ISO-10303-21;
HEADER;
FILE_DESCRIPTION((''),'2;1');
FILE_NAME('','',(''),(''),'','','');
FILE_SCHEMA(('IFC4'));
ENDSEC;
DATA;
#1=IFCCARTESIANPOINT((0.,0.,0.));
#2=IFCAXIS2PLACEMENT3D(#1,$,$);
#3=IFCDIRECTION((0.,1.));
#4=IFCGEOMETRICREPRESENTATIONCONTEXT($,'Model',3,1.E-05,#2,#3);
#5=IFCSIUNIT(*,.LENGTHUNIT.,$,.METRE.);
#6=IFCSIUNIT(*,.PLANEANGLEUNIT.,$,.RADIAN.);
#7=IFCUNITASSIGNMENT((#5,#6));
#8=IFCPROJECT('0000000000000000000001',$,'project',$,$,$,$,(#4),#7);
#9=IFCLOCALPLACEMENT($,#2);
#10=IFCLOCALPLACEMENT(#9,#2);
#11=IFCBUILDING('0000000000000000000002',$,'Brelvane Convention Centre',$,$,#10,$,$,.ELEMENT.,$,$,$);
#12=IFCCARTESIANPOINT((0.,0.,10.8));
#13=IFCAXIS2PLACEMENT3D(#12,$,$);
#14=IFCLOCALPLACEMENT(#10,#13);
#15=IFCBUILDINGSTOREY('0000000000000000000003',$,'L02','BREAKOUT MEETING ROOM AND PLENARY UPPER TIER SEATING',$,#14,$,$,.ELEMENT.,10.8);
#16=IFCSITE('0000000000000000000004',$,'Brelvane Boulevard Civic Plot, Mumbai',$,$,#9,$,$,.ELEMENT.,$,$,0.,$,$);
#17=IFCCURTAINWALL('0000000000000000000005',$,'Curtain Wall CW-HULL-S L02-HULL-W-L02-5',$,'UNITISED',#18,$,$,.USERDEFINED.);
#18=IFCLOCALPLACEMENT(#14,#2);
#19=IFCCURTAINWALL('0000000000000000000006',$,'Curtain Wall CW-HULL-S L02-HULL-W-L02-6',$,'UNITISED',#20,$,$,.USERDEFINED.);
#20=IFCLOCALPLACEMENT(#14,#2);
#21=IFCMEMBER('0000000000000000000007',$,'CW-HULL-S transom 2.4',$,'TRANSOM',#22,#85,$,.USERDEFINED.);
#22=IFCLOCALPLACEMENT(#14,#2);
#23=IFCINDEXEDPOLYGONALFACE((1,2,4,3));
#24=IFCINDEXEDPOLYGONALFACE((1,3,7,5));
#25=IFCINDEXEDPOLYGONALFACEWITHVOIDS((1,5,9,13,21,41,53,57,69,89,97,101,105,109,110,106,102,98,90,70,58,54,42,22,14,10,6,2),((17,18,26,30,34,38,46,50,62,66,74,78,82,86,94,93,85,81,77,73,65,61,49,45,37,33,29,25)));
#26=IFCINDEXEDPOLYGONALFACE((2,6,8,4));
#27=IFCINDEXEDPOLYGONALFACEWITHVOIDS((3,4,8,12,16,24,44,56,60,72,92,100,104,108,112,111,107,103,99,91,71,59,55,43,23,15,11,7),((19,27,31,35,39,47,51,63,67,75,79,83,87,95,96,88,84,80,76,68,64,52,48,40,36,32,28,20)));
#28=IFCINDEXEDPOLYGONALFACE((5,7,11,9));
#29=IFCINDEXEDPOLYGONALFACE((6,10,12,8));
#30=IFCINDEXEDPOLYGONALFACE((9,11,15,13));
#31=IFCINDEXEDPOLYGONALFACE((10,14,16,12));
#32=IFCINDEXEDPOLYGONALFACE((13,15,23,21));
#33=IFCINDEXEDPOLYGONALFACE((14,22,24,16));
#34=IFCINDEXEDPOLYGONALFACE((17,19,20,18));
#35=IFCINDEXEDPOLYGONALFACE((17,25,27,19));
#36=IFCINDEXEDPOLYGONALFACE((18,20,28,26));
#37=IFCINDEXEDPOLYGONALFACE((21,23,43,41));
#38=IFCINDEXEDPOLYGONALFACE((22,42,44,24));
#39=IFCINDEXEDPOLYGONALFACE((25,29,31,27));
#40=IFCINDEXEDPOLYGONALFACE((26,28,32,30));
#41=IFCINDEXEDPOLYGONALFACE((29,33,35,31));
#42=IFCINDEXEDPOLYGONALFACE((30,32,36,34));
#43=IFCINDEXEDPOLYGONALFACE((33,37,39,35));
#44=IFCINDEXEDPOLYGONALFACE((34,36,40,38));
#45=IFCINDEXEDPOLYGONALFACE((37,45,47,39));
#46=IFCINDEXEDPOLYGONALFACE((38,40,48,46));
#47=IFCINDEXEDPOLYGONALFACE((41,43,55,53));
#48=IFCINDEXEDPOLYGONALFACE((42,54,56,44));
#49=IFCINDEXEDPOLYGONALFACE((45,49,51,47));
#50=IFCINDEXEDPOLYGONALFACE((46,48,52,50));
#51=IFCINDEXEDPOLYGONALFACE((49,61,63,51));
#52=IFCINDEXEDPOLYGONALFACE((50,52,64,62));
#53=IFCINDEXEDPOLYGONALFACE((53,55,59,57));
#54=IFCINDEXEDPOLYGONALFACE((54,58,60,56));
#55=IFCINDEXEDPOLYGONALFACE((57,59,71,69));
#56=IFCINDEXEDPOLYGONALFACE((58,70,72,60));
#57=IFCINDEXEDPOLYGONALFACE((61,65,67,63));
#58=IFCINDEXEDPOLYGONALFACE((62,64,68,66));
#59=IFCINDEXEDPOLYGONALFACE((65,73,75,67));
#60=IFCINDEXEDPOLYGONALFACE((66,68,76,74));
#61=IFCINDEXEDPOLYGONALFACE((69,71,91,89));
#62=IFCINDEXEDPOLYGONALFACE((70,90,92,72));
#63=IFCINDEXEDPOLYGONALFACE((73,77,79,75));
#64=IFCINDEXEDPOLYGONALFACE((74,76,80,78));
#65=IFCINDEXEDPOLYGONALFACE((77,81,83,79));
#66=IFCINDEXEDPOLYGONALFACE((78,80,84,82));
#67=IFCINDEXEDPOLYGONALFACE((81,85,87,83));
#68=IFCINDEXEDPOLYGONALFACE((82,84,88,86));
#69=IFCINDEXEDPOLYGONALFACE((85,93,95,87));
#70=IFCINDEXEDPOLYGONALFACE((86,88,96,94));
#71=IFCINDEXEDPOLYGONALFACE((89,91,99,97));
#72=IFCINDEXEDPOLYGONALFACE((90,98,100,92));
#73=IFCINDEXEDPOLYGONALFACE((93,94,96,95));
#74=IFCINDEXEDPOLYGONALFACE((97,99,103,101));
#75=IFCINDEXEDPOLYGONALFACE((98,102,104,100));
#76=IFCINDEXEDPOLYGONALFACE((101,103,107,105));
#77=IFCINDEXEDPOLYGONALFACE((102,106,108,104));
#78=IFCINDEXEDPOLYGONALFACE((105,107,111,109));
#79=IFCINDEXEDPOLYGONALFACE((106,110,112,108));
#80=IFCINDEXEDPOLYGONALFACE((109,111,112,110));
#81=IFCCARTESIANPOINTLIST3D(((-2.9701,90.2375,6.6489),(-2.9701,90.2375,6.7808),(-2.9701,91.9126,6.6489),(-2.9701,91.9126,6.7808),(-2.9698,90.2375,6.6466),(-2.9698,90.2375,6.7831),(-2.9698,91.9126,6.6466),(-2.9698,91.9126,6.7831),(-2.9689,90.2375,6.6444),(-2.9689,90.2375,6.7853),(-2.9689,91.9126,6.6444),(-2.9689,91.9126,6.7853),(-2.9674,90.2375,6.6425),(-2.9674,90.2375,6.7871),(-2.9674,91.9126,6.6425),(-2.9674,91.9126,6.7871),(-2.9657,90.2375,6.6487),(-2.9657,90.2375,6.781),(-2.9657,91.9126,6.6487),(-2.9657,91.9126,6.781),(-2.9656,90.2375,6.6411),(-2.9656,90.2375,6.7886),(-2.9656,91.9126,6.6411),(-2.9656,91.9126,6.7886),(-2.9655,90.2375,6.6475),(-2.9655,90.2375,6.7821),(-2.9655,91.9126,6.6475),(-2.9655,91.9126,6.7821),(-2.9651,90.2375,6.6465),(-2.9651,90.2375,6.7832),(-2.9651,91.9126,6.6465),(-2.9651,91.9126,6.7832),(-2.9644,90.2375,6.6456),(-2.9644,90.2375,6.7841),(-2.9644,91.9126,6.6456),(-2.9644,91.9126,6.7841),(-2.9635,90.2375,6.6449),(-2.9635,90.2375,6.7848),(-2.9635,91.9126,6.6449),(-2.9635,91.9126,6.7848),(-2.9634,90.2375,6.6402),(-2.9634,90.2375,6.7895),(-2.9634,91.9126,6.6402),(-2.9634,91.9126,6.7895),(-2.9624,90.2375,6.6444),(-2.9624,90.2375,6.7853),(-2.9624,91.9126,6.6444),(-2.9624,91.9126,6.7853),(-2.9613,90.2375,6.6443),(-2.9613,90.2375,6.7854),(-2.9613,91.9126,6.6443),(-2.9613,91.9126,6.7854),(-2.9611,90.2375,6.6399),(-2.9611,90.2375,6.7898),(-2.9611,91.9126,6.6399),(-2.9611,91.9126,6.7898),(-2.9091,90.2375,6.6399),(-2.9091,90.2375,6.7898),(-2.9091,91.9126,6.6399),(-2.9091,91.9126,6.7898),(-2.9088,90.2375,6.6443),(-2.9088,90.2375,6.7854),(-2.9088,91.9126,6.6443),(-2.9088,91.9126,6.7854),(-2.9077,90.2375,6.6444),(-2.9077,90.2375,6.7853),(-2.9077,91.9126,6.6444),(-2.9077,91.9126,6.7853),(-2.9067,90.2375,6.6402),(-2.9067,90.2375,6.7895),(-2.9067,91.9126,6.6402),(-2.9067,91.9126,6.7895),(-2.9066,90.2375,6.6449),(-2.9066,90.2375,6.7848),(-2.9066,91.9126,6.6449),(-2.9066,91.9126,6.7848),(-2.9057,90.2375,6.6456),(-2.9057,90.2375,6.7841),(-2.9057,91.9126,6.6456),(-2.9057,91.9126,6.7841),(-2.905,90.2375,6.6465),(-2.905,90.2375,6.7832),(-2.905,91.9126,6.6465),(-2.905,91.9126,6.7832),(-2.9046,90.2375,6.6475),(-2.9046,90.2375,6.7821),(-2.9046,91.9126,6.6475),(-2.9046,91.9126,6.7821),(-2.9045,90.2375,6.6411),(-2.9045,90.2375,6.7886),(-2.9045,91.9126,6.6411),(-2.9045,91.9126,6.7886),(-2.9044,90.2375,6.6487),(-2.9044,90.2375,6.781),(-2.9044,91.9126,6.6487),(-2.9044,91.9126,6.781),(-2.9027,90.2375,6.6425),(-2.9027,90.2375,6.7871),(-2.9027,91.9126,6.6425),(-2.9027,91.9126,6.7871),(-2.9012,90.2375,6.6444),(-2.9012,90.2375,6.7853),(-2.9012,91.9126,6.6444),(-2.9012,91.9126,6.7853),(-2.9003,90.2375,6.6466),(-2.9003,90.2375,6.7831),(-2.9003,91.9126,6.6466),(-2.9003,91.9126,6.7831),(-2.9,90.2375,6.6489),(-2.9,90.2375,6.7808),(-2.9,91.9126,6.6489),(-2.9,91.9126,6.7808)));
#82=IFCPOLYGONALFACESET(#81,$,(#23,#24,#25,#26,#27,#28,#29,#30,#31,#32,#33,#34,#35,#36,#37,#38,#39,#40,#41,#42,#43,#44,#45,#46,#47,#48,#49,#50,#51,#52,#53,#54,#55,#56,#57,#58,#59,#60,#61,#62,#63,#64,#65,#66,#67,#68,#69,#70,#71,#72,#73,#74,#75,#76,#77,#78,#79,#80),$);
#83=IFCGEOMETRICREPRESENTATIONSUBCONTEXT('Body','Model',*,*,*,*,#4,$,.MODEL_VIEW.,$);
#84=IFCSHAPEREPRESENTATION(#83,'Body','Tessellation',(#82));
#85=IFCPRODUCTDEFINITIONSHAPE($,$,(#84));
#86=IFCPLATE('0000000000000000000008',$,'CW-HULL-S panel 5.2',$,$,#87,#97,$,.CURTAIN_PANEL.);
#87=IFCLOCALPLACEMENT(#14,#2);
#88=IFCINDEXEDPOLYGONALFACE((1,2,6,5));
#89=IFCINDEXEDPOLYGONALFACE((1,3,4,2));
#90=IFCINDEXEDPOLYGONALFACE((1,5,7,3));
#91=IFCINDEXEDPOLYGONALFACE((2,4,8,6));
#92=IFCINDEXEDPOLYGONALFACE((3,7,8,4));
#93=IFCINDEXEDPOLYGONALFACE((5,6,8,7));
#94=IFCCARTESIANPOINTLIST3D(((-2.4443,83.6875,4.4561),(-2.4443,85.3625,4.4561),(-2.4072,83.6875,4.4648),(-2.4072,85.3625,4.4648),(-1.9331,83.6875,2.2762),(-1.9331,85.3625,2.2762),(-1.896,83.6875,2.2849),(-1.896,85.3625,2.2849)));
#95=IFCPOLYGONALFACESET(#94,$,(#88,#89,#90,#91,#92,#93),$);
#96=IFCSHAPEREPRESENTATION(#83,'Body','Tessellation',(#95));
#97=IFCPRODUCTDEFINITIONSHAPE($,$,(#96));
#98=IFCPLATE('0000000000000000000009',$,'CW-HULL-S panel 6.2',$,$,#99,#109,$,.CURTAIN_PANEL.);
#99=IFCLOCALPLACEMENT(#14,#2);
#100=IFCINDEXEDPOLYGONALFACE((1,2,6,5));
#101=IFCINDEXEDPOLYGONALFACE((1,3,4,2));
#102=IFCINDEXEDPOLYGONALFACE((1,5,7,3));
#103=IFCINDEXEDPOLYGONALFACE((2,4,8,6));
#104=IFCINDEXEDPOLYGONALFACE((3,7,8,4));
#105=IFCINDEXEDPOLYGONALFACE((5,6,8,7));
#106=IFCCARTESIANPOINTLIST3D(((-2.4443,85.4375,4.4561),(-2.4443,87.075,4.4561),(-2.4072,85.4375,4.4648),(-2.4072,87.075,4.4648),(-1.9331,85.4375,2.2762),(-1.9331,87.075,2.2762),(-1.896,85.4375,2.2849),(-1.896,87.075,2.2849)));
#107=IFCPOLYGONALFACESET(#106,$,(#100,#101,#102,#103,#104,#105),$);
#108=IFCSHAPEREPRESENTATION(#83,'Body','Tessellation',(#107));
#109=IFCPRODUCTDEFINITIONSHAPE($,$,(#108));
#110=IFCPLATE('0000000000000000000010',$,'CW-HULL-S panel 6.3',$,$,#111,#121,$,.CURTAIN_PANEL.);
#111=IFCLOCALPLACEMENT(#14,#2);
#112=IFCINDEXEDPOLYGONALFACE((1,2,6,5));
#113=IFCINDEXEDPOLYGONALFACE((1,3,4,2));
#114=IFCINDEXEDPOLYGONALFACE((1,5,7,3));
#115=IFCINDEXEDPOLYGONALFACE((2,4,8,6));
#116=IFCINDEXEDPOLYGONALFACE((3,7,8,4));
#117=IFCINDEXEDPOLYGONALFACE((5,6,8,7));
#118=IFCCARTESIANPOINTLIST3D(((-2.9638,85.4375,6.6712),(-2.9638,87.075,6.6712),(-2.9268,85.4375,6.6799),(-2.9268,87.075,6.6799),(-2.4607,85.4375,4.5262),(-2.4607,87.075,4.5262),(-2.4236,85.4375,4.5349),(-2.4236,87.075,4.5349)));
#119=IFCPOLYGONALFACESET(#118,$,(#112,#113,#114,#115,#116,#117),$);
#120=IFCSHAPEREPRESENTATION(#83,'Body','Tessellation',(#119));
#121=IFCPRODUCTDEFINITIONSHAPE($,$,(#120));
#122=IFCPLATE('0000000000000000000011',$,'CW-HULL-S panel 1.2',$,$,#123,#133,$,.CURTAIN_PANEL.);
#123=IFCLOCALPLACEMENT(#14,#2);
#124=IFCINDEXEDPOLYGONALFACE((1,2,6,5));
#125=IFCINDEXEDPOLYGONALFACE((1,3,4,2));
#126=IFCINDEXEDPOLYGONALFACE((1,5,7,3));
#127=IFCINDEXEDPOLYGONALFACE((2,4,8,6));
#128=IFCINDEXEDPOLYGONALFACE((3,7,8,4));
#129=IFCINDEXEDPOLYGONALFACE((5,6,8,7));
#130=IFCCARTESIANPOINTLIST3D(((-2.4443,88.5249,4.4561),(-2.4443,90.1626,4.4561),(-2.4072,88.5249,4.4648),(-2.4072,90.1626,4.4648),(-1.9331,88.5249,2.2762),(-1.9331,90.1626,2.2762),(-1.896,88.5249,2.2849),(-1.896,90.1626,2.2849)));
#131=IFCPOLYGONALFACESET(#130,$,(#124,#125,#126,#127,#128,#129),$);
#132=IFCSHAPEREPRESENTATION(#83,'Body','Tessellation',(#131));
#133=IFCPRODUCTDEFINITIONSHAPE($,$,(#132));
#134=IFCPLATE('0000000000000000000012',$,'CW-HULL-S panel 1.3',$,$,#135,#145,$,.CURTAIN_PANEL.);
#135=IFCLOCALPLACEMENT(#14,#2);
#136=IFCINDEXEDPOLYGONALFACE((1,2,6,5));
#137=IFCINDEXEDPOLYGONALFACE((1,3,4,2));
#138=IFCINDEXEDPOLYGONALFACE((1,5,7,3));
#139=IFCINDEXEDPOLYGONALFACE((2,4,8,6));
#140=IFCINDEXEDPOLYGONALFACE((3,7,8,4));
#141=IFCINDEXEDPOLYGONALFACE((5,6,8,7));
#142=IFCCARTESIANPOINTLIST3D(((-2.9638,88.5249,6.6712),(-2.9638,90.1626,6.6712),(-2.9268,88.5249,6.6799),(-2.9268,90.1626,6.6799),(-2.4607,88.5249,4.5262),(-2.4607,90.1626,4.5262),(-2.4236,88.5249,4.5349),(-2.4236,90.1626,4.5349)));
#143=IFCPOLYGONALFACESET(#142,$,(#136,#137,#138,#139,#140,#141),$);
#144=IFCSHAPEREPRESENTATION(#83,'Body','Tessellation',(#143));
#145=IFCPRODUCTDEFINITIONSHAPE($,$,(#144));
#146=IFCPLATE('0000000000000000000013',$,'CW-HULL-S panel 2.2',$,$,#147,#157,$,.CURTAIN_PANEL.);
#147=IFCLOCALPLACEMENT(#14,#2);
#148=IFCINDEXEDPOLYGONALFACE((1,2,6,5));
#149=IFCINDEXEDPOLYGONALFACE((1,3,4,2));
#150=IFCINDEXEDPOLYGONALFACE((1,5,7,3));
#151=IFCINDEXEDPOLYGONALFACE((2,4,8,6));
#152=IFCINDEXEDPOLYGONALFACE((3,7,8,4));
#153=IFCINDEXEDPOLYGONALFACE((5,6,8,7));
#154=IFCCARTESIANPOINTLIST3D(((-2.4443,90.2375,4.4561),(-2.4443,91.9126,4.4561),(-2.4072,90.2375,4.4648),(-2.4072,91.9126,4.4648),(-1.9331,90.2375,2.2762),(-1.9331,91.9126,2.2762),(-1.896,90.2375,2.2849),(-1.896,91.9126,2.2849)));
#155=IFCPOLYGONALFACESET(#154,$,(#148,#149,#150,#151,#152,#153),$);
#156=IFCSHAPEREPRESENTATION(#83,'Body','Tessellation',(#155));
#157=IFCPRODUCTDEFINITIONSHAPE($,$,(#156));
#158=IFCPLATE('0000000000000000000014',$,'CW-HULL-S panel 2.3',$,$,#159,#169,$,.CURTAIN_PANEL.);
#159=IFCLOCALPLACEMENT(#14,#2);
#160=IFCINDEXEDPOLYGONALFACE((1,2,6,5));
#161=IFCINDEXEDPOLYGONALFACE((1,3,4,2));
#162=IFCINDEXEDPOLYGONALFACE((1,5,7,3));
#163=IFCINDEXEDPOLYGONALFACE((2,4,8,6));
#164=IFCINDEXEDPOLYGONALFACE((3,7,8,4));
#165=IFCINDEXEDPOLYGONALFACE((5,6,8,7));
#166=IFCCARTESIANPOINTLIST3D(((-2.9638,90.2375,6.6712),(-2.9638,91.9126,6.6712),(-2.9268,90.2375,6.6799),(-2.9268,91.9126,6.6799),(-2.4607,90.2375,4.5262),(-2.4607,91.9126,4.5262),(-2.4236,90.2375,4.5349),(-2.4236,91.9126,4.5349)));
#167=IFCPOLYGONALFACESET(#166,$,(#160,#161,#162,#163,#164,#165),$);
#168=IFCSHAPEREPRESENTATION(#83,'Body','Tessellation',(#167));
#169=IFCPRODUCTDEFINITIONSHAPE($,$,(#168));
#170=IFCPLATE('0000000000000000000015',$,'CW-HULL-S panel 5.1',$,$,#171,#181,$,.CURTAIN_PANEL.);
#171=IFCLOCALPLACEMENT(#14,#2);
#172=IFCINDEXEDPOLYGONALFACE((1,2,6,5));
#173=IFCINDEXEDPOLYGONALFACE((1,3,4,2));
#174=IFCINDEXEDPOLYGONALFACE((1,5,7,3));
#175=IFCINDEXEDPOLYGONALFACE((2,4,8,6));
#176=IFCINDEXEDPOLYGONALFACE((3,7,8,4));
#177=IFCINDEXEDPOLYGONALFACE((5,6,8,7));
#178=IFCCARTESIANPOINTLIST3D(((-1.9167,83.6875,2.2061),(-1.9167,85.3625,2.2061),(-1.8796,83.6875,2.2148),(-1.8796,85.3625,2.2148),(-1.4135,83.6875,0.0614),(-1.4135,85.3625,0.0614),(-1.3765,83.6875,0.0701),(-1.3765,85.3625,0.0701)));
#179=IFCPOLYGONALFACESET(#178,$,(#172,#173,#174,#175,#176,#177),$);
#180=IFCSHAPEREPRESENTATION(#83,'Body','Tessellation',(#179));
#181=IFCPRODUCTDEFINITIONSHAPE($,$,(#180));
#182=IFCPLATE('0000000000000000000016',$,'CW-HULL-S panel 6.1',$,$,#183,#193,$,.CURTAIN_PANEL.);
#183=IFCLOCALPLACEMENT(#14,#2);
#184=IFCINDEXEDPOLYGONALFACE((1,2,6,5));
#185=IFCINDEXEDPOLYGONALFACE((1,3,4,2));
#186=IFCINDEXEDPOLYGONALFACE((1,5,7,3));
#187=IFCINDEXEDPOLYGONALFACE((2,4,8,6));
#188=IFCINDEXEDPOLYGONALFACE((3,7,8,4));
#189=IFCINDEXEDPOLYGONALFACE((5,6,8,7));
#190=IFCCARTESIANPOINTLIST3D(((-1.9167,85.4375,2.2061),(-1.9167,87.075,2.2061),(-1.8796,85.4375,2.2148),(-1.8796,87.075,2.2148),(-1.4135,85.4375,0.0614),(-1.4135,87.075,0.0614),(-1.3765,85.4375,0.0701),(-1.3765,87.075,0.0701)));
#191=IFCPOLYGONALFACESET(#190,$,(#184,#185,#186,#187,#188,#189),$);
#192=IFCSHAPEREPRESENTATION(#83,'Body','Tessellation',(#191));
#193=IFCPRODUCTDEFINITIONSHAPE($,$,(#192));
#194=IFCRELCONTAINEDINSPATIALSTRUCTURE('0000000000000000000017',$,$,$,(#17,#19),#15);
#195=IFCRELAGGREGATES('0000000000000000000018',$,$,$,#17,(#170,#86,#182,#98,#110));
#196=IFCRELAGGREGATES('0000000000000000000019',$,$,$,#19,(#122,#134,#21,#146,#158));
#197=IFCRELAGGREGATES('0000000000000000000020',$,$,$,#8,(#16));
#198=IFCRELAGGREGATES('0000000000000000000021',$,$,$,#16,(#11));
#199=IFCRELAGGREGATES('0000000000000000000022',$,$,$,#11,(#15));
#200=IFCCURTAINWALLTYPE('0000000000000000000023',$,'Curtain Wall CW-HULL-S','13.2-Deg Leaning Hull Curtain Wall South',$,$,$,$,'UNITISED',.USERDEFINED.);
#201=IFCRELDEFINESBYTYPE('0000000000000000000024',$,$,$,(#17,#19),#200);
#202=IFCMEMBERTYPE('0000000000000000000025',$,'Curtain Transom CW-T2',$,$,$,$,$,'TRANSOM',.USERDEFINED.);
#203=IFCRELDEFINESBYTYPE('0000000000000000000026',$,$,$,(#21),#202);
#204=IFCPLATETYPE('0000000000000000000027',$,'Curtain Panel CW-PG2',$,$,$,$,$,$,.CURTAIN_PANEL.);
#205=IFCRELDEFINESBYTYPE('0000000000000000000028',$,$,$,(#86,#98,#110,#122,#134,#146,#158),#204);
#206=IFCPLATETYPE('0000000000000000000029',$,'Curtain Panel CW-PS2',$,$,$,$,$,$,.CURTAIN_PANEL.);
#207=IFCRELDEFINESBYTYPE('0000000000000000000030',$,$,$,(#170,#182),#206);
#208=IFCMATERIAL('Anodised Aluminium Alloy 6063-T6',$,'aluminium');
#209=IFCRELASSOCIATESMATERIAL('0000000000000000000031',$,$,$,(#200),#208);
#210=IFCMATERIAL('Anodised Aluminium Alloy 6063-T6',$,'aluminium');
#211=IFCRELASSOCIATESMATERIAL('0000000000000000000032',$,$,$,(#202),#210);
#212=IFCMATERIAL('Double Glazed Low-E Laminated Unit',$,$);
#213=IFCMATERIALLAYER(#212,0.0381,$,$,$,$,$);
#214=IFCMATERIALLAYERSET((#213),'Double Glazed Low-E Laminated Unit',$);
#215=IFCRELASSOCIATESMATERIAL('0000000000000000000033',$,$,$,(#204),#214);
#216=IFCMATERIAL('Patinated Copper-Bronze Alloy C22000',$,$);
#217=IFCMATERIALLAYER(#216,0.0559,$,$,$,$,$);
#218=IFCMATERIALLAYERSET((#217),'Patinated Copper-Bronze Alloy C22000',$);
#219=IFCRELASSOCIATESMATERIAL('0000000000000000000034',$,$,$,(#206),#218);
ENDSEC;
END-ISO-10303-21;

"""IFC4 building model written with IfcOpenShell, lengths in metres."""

from ifc_helpers import new_model, si_unit, direction, frame, origin, origin_2d, place, context, subcontext, project, spatial, polyline, hollow_rectangle, outline, extrude, material, layer, layer_set, material_profile, profile_set, type_object, element, aggregate, save


model = new_model("IFC4")

# Units and contexts
model_context = context("Model", 3, precision=1e-05, world=origin(), true_north=direction((0.0, 1.0)))
body_context = subcontext(model_context, "Body", "Model", "MODEL_VIEW")
ifc_project = project(units=[si_unit("LENGTHUNIT", "METRE"), si_unit("PLANEANGLEUNIT", "RADIAN")], contexts=[model_context])

# Site, building, storey
site_placement = place(None, origin())
site = spatial("IfcSite", under=ifc_project, at=site_placement, Name="Brelvane Boulevard Civic Plot, Mumbai", CompositionType="ELEMENT", RefElevation=0.0)
building_placement = place(site_placement, origin())
building = spatial("IfcBuilding", under=site, at=building_placement, Name="Brelvane Convention Centre", CompositionType="ELEMENT")
storey_placement = place(building_placement, frame((0.0, 0.0, 10.8)))
storey = spatial("IfcBuildingStorey", under=building, at=storey_placement, Name="L02", Description="BREAKOUT MEETING ROOM AND PLENARY UPPER TIER SEATING", CompositionType="ELEMENT", Elevation=10.8)

# Curtain walls
ifc_material_1 = material(Name="Anodised Aluminium Alloy 6063-T6", Category="aluminium")
curtain_wall_type = type_object("IfcCurtainWallType", Name="Curtain Wall CW-HULL-S", Description="13.2-Deg Leaning Hull Curtain Wall South", ElementType="UNITISED", PredefinedType="USERDEFINED", material=ifc_material_1)
curtain_wall_1_placement = place(storey_placement, origin())
curtain_wall_1 = element("IfcCurtainWall", 1, at=curtain_wall_1_placement, inside=storey, type_object=curtain_wall_type, Name="Curtain Wall CW-HULL-S L02-HULL-W-L02-5", ObjectType="UNITISED", PredefinedType="USERDEFINED")
curtain_wall_2_placement = place(storey_placement, origin())
curtain_wall_2 = element("IfcCurtainWall", 2, at=curtain_wall_2_placement, inside=storey, type_object=curtain_wall_type, Name="Curtain Wall CW-HULL-S L02-HULL-W-L02-6", ObjectType="UNITISED", PredefinedType="USERDEFINED")

# Member
ifc_material_2 = material(Name="Anodised Aluminium Alloy 6063-T6", Category="aluminium")
ifc_material_profile_1 = material_profile(ifc_material_2, hollow_rectangle(XDim=0.0701, YDim=0.1499, WallThickness=0.0044, InnerFilletRadius=0.0044, OuterFilletRadius=0.009, at=origin_2d()), Name="ALU-T 150x70x4.5")
ifc_profile_set_1 = profile_set([ifc_material_profile_1], Name="Anodised Aluminium Alloy 6063-T6")
member_type_1 = type_object("IfcMemberType", Name="Curtain Transom CW-T2", ElementType="TRANSOM", PredefinedType="USERDEFINED", material=ifc_profile_set_1)
member_1_placement = place(storey_placement, frame((-2.9351, 90.2375, 6.7148), z_axis=(0.0, 1.0, 0.0), x_axis=(-1.0, 0.0, 0.0)))
member_1 = element("IfcMember", 3, at=member_1_placement, type_object=member_type_1, Name="CW-HULL-S transom 2.4", ObjectType="TRANSOM", PredefinedType="USERDEFINED", context=body_context, shape_type="SweptSolid", body=[
    extrude(hollow_rectangle(XDim=0.0701, YDim=0.1499, WallThickness=0.0044, InnerFilletRadius=0.0044, OuterFilletRadius=0.009, at=origin_2d()), origin(), (0.0, 0.0, 1.0), 1.675),
])

# Plates
ifc_material_3 = material(Name="Double Glazed Low-E Laminated Unit")
ifc_layer_1 = layer(ifc_material_3, 0.0381)
ifc_layer_set_1 = layer_set([ifc_layer_1], Name="Double Glazed Low-E Laminated Unit")
plate_type_1 = type_object("IfcPlateType", Name="Curtain Panel CW-PG2", PredefinedType="CURTAIN_PANEL", material=ifc_layer_set_1)
plate_1_placement = place(storey_placement, frame((-1.896, 83.6875, 2.2849), z_axis=(0.973586, 0.0, 0.228322), x_axis=(0.0, 1.0, 0.0)))
plate_1 = element("IfcPlate", 4, at=plate_1_placement, type_object=plate_type_1, Name="CW-HULL-S panel 5.2", PredefinedType="CURTAIN_PANEL", context=body_context, shape_type="SweptSolid", body=[
    extrude(outline(polyline([(0.0, 0.0), (1.675, 0.0), (1.675, 2.2391), (0.0, 2.2391), (0.0, 0.0)])), origin(), (0.0, 0.0, -1.0), 0.0381),
])
plate_2_placement = place(storey_placement, frame((-1.896, 85.4375, 2.2849), z_axis=(0.973586, 0.0, 0.228322), x_axis=(0.0, 1.0, 0.0)))
plate_2 = element("IfcPlate", 5, at=plate_2_placement, type_object=plate_type_1, Name="CW-HULL-S panel 6.2", PredefinedType="CURTAIN_PANEL", context=body_context, shape_type="SweptSolid", body=[
    extrude(outline(polyline([(0.0, 0.0), (1.6375, 0.0), (1.6375, 2.2391), (0.0, 2.2391), (0.0, 0.0)])), origin(), (0.0, 0.0, -1.0), 0.0381),
])
plate_3_placement = place(storey_placement, frame((-2.4236, 85.4375, 4.5349), z_axis=(0.973572, 0.0, 0.228378), x_axis=(0.0, 1.0, 0.0)))
plate_3 = element("IfcPlate", 6, at=plate_3_placement, type_object=plate_type_1, Name="CW-HULL-S panel 6.3", PredefinedType="CURTAIN_PANEL", context=body_context, shape_type="SweptSolid", body=[
    extrude(outline(polyline([(0.0, 0.0), (1.6375, 0.0), (1.6375, 2.2032), (0.0, 2.2032), (0.0, 0.0)])), origin(), (0.0, 0.0, -1.0), 0.0381),
])
plate_4_placement = place(storey_placement, frame((-1.896, 88.5249, 2.2849), z_axis=(0.973586, 0.0, 0.228322), x_axis=(0.0, 1.0, 0.0)))
plate_4 = element("IfcPlate", 7, at=plate_4_placement, type_object=plate_type_1, Name="CW-HULL-S panel 1.2", PredefinedType="CURTAIN_PANEL", context=body_context, shape_type="SweptSolid", body=[
    extrude(outline(polyline([(0.0, 0.0), (1.6377, 0.0), (1.6377, 2.2391), (0.0, 2.2391), (0.0, 0.0)])), origin(), (0.0, 0.0, -1.0), 0.0381),
])
plate_5_placement = place(storey_placement, frame((-2.4236, 88.5249, 4.5349), z_axis=(0.973572, 0.0, 0.228378), x_axis=(0.0, 1.0, 0.0)))
plate_5 = element("IfcPlate", 8, at=plate_5_placement, type_object=plate_type_1, Name="CW-HULL-S panel 1.3", PredefinedType="CURTAIN_PANEL", context=body_context, shape_type="SweptSolid", body=[
    extrude(outline(polyline([(0.0, 0.0), (1.6377, 0.0), (1.6377, 2.2032), (0.0, 2.2032), (0.0, 0.0)])), origin(), (0.0, 0.0, -1.0), 0.0381),
])
plate_6_placement = place(storey_placement, frame((-1.896, 90.2375, 2.2849), z_axis=(0.973586, 0.0, 0.228322), x_axis=(0.0, 1.0, 0.0)))
plate_6 = element("IfcPlate", 9, at=plate_6_placement, type_object=plate_type_1, Name="CW-HULL-S panel 2.2", PredefinedType="CURTAIN_PANEL", context=body_context, shape_type="SweptSolid", body=[
    extrude(outline(polyline([(0.0, 0.0), (1.675, 0.0), (1.675, 2.2391), (0.0, 2.2391), (0.0, 0.0)])), origin(), (0.0, 0.0, -1.0), 0.0381),
])
plate_7_placement = place(storey_placement, frame((-2.4236, 90.2375, 4.5349), z_axis=(0.973572, 0.0, 0.228378), x_axis=(0.0, 1.0, 0.0)))
plate_7 = element("IfcPlate", 10, at=plate_7_placement, type_object=plate_type_1, Name="CW-HULL-S panel 2.3", PredefinedType="CURTAIN_PANEL", context=body_context, shape_type="SweptSolid", body=[
    extrude(outline(polyline([(0.0, 0.0), (1.675, 0.0), (1.675, 2.2032), (0.0, 2.2032), (0.0, 0.0)])), origin(), (0.0, 0.0, -1.0), 0.0381),
])
ifc_material_4 = material(Name="Patinated Copper-Bronze Alloy C22000")
ifc_layer_2 = layer(ifc_material_4, 0.0559)
ifc_layer_set_2 = layer_set([ifc_layer_2], Name="Patinated Copper-Bronze Alloy C22000")
plate_type_2 = type_object("IfcPlateType", Name="Curtain Panel CW-PS2", PredefinedType="CURTAIN_PANEL", material=ifc_layer_set_2)
plate_8_placement = place(storey_placement, frame((-1.3765, 83.6875, 0.0701), z_axis=(0.973567, 0.0, 0.228403), x_axis=(0.0, 1.0, 0.0)))
plate_8 = element("IfcPlate", 11, at=plate_8_placement, type_object=plate_type_2, Name="CW-HULL-S panel 5.1", PredefinedType="CURTAIN_PANEL", context=body_context, shape_type="SweptSolid", body=[
    extrude(outline(polyline([(0.0, 0.0), (1.675, 0.0), (1.675, 2.203), (0.0, 2.203), (0.0, 0.0)])), origin(), (0.0, 0.0, -1.0), 0.0381),
])
plate_9_placement = place(storey_placement, frame((-1.3765, 85.4375, 0.0701), z_axis=(0.973567, 0.0, 0.228403), x_axis=(0.0, 1.0, 0.0)))
plate_9 = element("IfcPlate", 12, at=plate_9_placement, type_object=plate_type_2, Name="CW-HULL-S panel 6.1", PredefinedType="CURTAIN_PANEL", context=body_context, shape_type="SweptSolid", body=[
    extrude(outline(polyline([(0.0, 0.0), (1.6375, 0.0), (1.6375, 2.203), (0.0, 2.203), (0.0, 0.0)])), origin(), (0.0, 0.0, -1.0), 0.0381),
])
aggregate(curtain_wall_1, [plate_8, plate_1, plate_9, plate_2, plate_3])
aggregate(curtain_wall_2, [plate_4, plate_5, member_1, plate_6, plate_7])

save(model, "model.ifc")
